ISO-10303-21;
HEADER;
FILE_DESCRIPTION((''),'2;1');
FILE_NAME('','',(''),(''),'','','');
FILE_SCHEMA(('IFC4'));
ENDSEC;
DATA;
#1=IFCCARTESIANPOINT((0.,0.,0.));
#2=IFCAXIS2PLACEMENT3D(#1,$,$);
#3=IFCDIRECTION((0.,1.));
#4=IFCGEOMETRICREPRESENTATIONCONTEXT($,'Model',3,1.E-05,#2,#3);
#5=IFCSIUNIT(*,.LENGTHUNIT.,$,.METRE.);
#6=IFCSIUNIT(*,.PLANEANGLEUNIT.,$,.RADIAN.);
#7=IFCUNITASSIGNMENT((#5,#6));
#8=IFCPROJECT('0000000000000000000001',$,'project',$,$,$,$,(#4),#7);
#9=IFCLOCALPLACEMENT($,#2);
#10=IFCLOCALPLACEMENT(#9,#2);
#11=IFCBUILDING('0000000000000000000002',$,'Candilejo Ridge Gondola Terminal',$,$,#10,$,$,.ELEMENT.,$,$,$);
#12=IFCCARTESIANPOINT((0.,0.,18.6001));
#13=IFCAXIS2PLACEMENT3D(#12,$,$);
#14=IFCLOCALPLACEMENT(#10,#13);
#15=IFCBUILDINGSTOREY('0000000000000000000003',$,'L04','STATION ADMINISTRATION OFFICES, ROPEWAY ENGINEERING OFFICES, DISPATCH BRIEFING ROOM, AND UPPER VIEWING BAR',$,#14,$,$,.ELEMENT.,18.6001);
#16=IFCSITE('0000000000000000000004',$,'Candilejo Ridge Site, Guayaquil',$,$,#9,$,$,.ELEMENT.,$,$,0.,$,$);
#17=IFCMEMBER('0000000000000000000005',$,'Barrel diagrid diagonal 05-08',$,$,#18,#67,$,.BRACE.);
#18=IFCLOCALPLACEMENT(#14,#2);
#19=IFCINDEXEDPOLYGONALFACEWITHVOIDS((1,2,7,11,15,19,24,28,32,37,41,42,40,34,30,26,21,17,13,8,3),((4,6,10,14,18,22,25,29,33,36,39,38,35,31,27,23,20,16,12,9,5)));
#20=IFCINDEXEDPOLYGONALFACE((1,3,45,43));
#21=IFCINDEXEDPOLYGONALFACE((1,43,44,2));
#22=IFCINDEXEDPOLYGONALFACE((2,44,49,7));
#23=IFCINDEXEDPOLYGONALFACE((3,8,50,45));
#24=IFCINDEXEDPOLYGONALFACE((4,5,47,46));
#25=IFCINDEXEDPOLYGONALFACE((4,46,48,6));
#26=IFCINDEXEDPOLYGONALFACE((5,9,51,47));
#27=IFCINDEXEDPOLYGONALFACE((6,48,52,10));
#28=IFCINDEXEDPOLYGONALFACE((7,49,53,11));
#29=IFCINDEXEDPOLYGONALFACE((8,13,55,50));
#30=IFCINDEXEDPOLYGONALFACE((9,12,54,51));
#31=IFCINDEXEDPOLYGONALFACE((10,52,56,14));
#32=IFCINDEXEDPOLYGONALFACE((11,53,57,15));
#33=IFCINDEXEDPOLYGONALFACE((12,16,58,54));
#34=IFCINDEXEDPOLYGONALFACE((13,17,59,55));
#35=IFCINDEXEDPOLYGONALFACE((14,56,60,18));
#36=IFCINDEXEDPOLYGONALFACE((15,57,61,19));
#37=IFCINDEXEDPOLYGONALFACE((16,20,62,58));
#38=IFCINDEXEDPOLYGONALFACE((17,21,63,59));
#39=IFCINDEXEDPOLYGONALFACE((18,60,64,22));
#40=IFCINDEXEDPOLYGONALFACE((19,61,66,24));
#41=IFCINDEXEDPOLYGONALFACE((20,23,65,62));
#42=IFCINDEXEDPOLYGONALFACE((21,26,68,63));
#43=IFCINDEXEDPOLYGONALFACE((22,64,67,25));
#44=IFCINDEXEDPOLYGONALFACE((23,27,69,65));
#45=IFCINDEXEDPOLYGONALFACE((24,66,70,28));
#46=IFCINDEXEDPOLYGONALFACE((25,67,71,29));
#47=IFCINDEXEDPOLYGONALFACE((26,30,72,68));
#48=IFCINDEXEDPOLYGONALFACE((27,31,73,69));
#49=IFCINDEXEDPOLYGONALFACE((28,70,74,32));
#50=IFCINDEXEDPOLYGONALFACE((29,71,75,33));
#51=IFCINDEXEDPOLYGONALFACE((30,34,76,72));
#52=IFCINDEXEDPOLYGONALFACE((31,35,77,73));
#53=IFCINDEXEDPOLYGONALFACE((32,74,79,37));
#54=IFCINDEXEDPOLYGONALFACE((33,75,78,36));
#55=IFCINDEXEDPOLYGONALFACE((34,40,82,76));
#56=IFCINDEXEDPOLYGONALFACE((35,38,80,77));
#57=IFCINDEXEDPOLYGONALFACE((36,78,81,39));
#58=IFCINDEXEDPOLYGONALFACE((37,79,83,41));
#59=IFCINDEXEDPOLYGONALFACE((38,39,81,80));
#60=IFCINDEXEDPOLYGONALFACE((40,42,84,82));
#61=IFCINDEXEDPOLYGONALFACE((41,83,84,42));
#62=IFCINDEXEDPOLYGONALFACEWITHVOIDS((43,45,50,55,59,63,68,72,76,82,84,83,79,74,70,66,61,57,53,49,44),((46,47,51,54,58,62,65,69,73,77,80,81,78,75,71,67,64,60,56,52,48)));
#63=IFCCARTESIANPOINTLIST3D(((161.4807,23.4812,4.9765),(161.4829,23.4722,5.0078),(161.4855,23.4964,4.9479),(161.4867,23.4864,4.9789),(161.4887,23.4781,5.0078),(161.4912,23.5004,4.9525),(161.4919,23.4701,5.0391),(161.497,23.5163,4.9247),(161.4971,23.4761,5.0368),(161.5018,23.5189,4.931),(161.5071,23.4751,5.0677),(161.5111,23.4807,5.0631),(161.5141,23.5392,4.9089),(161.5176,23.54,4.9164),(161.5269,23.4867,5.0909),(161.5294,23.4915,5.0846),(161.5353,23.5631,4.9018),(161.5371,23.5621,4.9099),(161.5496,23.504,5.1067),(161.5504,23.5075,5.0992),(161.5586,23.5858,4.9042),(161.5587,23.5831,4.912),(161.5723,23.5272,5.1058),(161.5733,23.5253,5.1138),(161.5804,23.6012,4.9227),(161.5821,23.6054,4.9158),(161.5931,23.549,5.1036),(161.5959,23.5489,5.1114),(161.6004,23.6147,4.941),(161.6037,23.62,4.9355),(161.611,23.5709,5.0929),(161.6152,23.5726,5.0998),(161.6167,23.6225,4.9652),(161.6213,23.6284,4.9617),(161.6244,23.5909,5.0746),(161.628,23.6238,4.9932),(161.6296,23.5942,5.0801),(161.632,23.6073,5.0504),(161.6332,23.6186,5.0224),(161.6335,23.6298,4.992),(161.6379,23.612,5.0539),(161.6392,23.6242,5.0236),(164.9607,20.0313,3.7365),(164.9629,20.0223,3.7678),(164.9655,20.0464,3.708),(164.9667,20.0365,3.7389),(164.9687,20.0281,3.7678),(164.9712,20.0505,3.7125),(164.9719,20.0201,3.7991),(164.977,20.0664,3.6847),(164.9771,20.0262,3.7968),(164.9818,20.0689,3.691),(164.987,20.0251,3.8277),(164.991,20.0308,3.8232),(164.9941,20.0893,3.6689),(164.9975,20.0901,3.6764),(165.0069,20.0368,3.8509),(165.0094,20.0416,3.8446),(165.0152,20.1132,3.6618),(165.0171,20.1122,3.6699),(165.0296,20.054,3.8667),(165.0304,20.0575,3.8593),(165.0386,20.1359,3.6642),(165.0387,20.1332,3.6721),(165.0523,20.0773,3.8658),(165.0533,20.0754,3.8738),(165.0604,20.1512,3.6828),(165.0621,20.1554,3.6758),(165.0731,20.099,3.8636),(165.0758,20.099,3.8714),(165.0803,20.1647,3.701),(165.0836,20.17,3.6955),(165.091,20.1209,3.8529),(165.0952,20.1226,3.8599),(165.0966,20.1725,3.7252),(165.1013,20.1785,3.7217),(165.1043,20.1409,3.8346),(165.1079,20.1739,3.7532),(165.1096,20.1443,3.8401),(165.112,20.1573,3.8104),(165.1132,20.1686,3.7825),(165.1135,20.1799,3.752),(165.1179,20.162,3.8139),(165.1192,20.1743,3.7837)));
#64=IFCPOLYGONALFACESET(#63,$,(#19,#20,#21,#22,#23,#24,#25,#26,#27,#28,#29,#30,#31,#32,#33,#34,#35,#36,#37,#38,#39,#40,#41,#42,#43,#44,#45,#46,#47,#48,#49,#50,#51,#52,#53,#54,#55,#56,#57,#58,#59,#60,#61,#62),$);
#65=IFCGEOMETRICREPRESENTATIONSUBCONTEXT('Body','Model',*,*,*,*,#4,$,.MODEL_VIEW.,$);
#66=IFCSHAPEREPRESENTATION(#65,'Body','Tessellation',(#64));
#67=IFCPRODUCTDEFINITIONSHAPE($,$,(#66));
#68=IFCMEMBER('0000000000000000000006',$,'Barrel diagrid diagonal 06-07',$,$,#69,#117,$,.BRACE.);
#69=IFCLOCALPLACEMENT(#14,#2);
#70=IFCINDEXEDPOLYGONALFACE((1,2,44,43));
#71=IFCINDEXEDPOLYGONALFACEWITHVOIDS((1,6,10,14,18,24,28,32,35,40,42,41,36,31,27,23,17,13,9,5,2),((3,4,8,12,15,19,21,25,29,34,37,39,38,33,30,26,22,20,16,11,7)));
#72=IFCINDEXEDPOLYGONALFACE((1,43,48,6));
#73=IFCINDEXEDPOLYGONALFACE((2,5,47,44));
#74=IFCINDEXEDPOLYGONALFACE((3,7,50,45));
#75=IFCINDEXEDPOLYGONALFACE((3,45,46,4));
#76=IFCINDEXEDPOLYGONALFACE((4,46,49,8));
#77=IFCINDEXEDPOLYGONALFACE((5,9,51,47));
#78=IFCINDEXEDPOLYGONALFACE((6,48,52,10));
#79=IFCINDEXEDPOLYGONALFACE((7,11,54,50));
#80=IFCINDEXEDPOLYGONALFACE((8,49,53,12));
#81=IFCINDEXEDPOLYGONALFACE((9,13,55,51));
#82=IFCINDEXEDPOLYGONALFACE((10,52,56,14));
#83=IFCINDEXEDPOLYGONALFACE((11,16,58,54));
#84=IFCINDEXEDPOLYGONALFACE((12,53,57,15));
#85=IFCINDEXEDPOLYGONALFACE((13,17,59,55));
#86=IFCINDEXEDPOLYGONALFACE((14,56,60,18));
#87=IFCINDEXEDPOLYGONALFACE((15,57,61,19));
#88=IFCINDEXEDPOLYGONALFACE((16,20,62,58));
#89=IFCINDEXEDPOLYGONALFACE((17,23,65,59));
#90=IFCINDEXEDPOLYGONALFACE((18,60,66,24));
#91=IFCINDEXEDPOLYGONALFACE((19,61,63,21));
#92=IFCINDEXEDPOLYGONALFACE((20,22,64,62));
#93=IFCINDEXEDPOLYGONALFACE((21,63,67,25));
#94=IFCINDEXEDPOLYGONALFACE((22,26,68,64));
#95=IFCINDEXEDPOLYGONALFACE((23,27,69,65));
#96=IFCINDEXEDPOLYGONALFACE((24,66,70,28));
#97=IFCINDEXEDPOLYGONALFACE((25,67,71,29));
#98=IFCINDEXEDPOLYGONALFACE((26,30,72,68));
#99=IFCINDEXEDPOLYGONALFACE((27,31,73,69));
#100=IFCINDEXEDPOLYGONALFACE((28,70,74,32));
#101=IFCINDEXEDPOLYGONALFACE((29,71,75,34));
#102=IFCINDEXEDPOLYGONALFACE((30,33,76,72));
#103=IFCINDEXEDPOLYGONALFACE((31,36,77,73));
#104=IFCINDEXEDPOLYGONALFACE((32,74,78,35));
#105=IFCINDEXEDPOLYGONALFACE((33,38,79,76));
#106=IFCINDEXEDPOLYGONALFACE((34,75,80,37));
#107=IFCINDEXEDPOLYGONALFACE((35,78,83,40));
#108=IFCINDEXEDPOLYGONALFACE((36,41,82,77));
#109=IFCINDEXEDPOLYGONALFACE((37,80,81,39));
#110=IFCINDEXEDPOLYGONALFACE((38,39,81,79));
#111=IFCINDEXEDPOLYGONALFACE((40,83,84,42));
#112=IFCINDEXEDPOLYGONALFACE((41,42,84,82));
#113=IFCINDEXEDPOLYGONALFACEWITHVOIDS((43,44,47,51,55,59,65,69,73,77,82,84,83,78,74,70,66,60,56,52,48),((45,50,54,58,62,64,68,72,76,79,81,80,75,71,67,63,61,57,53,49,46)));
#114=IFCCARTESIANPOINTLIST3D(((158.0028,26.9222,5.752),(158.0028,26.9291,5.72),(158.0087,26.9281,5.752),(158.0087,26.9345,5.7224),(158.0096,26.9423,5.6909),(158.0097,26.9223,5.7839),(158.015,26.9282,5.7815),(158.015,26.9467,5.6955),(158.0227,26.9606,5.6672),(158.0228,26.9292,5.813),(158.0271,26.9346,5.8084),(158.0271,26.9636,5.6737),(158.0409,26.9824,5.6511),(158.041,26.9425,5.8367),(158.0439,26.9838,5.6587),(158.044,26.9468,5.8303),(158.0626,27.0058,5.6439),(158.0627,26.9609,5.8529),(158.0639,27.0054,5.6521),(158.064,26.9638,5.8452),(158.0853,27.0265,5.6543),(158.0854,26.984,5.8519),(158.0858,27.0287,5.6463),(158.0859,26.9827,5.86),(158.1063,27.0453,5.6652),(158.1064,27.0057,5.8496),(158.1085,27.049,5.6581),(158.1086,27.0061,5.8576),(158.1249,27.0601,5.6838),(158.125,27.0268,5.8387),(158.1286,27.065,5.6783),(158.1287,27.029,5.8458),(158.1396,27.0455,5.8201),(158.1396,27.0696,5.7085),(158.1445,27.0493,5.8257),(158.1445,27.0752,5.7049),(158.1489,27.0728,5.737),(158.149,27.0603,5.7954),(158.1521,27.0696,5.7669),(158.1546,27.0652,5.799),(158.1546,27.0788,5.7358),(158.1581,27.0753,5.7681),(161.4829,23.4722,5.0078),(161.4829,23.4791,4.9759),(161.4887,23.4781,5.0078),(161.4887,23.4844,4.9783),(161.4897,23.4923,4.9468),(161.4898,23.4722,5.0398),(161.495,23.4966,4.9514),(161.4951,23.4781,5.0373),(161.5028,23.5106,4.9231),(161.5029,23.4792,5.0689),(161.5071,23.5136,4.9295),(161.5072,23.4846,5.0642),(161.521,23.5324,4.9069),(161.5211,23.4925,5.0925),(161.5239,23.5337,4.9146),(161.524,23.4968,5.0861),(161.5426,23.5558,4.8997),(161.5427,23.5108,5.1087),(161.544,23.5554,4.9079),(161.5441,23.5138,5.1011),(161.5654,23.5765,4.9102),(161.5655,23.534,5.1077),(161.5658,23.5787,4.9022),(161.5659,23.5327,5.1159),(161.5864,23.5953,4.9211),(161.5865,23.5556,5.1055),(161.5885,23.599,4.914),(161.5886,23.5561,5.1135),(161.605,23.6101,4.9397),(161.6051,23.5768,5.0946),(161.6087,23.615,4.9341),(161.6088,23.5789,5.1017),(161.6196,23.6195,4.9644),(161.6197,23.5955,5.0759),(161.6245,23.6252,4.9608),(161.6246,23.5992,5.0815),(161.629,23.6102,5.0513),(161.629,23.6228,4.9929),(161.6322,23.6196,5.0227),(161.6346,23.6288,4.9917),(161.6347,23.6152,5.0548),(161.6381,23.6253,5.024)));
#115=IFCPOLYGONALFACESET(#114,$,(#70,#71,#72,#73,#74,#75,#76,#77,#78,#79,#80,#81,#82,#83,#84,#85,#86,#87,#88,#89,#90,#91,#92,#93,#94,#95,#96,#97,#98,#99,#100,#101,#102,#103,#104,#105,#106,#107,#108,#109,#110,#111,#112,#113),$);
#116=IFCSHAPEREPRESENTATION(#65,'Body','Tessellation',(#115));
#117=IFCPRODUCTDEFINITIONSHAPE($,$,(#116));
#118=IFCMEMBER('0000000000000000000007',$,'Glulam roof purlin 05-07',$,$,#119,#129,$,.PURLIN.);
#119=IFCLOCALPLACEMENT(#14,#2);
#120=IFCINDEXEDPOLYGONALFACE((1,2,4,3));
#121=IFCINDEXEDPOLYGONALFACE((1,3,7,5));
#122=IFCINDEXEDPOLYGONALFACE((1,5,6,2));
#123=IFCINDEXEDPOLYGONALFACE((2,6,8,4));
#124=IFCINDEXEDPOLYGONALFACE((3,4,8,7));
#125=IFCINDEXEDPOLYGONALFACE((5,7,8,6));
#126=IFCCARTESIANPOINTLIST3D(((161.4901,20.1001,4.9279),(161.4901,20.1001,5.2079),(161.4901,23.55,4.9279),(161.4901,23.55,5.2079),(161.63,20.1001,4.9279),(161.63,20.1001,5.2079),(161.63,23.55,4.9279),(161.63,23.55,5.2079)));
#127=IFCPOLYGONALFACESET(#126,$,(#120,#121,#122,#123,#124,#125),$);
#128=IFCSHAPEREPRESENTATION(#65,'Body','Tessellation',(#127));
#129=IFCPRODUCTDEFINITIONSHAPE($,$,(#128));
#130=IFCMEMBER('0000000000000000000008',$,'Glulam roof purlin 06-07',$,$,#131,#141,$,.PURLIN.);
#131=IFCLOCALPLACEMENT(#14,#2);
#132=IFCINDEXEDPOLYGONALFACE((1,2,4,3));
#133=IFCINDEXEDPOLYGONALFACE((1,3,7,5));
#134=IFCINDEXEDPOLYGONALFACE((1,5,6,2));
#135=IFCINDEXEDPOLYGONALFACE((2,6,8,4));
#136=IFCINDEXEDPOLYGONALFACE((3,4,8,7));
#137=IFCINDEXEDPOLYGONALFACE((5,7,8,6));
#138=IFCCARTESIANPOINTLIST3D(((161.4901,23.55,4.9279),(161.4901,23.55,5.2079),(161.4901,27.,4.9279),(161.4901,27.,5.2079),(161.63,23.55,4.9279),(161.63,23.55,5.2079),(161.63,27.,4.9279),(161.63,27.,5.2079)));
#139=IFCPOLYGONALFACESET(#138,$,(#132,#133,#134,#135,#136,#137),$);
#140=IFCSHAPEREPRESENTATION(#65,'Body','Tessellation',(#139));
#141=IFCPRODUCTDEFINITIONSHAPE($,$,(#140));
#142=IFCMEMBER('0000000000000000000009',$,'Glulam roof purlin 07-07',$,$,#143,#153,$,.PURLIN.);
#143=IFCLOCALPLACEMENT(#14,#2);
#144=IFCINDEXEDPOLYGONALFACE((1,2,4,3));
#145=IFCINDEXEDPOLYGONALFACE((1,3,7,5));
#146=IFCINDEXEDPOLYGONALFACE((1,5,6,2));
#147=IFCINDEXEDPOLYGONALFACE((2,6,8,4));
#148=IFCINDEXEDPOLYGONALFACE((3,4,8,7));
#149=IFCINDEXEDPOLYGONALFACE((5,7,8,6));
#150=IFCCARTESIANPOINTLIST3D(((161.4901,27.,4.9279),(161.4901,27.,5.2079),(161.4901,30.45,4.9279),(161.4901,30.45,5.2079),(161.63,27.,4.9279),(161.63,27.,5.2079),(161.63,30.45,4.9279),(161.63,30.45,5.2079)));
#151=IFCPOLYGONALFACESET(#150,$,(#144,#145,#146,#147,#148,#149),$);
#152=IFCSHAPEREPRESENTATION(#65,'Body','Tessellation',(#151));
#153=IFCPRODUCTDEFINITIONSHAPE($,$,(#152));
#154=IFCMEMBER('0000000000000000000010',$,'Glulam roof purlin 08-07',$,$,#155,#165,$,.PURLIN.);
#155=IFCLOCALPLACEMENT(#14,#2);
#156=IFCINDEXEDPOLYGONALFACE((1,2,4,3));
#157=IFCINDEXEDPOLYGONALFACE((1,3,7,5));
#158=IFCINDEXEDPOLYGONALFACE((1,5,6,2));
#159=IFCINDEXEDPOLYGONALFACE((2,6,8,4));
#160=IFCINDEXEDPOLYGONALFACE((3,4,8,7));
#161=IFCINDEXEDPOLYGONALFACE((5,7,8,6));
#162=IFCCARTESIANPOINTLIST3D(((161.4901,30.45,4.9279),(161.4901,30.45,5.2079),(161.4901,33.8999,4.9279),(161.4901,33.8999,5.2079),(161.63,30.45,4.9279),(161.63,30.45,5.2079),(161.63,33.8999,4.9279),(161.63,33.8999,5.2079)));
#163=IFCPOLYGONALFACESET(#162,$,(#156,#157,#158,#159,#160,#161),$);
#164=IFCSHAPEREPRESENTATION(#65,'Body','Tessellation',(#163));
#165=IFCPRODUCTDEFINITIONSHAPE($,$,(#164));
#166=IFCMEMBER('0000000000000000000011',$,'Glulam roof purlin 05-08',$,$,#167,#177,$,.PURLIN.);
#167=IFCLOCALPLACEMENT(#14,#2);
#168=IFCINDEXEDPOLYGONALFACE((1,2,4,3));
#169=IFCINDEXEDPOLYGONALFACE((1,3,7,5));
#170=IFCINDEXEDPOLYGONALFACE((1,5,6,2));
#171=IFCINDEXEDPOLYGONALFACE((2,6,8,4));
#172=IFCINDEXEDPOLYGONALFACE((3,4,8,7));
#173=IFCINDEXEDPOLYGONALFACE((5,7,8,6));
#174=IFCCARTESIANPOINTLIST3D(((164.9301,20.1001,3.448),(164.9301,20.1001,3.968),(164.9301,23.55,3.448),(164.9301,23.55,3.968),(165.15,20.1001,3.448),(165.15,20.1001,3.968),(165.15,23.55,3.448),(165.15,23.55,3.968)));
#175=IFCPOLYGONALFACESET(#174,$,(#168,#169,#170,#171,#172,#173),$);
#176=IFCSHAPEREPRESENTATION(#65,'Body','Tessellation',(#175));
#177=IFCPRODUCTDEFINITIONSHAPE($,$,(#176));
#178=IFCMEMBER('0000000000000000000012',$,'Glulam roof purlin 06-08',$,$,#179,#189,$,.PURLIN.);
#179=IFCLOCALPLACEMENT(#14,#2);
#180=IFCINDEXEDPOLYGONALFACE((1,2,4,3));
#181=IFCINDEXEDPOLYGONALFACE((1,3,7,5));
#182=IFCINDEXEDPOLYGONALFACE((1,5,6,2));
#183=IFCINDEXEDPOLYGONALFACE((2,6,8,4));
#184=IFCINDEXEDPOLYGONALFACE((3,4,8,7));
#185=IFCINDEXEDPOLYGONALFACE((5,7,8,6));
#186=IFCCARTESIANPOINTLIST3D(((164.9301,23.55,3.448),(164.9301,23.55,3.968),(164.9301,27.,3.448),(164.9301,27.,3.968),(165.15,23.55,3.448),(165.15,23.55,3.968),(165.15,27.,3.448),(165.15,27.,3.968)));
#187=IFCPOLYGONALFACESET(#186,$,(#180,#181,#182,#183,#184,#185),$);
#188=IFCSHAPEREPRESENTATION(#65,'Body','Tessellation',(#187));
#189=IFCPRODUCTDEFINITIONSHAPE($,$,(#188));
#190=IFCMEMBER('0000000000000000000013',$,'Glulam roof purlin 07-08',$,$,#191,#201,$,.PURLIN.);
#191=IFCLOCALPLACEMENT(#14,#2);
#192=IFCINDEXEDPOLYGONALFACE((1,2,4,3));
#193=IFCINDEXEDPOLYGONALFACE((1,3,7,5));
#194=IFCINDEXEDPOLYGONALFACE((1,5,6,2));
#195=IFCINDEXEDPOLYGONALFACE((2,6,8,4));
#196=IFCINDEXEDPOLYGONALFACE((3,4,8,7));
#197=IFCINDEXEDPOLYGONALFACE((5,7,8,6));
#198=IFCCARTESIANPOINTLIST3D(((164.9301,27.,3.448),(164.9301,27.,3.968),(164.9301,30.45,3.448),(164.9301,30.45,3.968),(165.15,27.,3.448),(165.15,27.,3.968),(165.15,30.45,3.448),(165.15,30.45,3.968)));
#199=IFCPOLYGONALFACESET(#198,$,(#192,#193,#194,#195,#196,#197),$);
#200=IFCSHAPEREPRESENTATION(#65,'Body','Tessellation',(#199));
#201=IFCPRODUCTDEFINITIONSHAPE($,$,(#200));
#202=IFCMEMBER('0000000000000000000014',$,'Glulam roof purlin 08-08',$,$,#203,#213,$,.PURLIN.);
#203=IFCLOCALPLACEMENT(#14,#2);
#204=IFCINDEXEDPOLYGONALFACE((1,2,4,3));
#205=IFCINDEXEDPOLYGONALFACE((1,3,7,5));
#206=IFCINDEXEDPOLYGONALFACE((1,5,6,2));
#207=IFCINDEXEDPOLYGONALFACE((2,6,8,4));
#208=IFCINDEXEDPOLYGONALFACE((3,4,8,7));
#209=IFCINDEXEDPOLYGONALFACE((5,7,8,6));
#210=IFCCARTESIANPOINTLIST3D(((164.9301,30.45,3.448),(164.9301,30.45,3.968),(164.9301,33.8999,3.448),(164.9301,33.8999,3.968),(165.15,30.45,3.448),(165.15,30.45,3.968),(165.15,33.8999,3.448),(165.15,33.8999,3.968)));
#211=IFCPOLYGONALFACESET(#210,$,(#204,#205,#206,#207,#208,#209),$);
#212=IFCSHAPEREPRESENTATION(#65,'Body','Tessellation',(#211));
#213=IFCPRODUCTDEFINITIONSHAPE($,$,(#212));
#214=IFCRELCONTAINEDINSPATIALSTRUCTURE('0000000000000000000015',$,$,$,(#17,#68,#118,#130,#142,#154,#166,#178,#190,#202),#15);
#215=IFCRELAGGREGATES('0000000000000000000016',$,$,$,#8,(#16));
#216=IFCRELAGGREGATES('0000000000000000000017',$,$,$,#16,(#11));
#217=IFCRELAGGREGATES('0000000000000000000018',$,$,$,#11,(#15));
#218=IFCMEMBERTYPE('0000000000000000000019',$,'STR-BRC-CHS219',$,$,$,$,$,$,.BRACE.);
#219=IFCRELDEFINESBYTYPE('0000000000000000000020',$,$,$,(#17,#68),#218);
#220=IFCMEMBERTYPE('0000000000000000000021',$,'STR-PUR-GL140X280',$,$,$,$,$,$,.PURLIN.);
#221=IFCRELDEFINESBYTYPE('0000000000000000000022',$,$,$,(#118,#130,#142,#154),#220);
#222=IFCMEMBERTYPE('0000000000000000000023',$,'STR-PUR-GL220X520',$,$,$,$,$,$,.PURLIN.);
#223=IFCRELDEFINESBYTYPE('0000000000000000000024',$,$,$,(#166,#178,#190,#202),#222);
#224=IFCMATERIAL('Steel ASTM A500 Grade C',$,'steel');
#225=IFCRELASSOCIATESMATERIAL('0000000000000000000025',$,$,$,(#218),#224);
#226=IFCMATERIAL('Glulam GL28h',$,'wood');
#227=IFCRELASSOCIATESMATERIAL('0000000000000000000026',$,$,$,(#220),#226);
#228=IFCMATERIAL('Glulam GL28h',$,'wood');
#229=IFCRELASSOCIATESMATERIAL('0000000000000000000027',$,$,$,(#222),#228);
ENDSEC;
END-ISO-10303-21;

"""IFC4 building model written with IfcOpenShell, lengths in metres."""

from ifc_helpers import new_model, si_unit, direction, frame, origin, origin_2d, place, context, subcontext, project, spatial, rectangle, hollow_circle, extrude, material, material_profile, profile_set, type_object, element, save


model = new_model("IFC4")

# Units and contexts
model_context = context("Model", 3, precision=1e-05, world=origin(), true_north=direction((0.0, 1.0)))
body_context = subcontext(model_context, "Body", "Model", "MODEL_VIEW")
ifc_project = project(units=[si_unit("LENGTHUNIT", "METRE"), si_unit("PLANEANGLEUNIT", "RADIAN")], contexts=[model_context])

# Site, building, storey
site_placement = place(None, origin())
site = spatial("IfcSite", under=ifc_project, at=site_placement, Name="Candilejo Ridge Site, Guayaquil", CompositionType="ELEMENT", RefElevation=0.0)
building_placement = place(site_placement, origin())
building = spatial("IfcBuilding", under=site, at=building_placement, Name="Candilejo Ridge Gondola Terminal", CompositionType="ELEMENT")
storey_placement = place(building_placement, frame((0.0, 0.0, 18.6001)))
storey = spatial("IfcBuildingStorey", under=building, at=storey_placement, Name="L04", Description="STATION ADMINISTRATION OFFICES, ROPEWAY ENGINEERING OFFICES, DISPATCH BRIEFING ROOM, AND UPPER VIEWING BAR", CompositionType="ELEMENT", Elevation=18.6001)

# Members
ifc_material_1 = material(Name="Steel ASTM A500 Grade C", Category="steel")
ifc_material_profile_1 = material_profile(ifc_material_1, hollow_circle(Radius=0.1096, WallThickness=0.0083, at=origin_2d()))
ifc_profile_set_1 = profile_set([ifc_material_profile_1], Name="Steel ASTM A500 Grade C")
member_type_1 = type_object("IfcMemberType", Name="STR-BRC-CHS219", PredefinedType="BRACE", material=ifc_profile_set_1)
member_1_placement = place(storey_placement, frame((165.04, 20.1001, 3.7678), z_axis=(-0.688464, 0.682523, 0.245314), x_axis=(-0.704036, -0.710164, 0.0)))
element("IfcMember", 1, at=member_1_placement, inside=storey, type_object=member_type_1, Name="Barrel diagrid diagonal 05-08", PredefinedType="BRACE", context=body_context, shape_type="SweptSolid", body=[
    extrude(hollow_circle(Radius=0.1096, WallThickness=0.0083, at=origin_2d()), origin(), (0.0, 0.0, 1.0), 5.0547),
])
member_2_placement = place(storey_placement, frame((161.5601, 23.55, 5.0078), z_axis=(-0.702115, 0.696056, 0.150136), x_axis=(-0.704036, -0.710164, 0.0)))
element("IfcMember", 2, at=member_2_placement, inside=storey, type_object=member_type_1, Name="Barrel diagrid diagonal 06-07", PredefinedType="BRACE", context=body_context, shape_type="SweptSolid", body=[
    extrude(hollow_circle(Radius=0.1096, WallThickness=0.0083, at=origin_2d()), origin(), (0.0, 0.0, 1.0), 4.9565),
])
ifc_material_2 = material(Name="Glulam GL28h", Category="wood")
ifc_material_profile_2 = material_profile(ifc_material_2, rectangle(XDim=0.1399, YDim=0.28, at=origin_2d()))
ifc_profile_set_2 = profile_set([ifc_material_profile_2], Name="Glulam GL28h")
member_type_2 = type_object("IfcMemberType", Name="STR-PUR-GL140X280", PredefinedType="PURLIN", material=ifc_profile_set_2)
for number, where, z_axis, x_axis, name in (
    (3, (161.5601, 20.1001, 5.0679), (0.0, 1.0, 0.0), (-1.0, 0.0, 0.0), "Glulam roof purlin 05-07"),
    (4, (161.5601, 23.55, 5.0679), (0.0, 1.0, 0.0), (-1.0, 0.0, 0.0), "Glulam roof purlin 06-07"),
    (5, (161.5601, 27.0, 5.0679), (0.0, 1.0, 0.0), (-1.0, 0.0, 0.0), "Glulam roof purlin 07-07"),
    (6, (161.5601, 30.45, 5.0679), (0.0, 1.0, 0.0), (-1.0, 0.0, 0.0), "Glulam roof purlin 08-07"),
):
    element("IfcMember", number, at=place(storey_placement, frame(where, z_axis=z_axis, x_axis=x_axis)), inside=storey, type_object=member_type_2, Name=name, PredefinedType="PURLIN", context=body_context, shape_type="SweptSolid", body=[
        extrude(rectangle(XDim=0.1399, YDim=0.28, at=origin_2d()), origin(), (0.0, 0.0, 1.0), 3.45),
    ])
ifc_material_3 = material(Name="Glulam GL28h", Category="wood")
ifc_material_profile_3 = material_profile(ifc_material_3, rectangle(XDim=0.22, YDim=0.52, at=origin_2d()))
ifc_profile_set_3 = profile_set([ifc_material_profile_3], Name="Glulam GL28h")
member_type_3 = type_object("IfcMemberType", Name="STR-PUR-GL220X520", PredefinedType="PURLIN", material=ifc_profile_set_3)
for number, where, z_axis, x_axis, name in (
    (7, (165.04, 20.1001, 3.708), (0.0, 1.0, 0.0), (-1.0, 0.0, 0.0), "Glulam roof purlin 05-08"),
    (8, (165.04, 23.55, 3.708), (0.0, 1.0, 0.0), (-1.0, 0.0, 0.0), "Glulam roof purlin 06-08"),
    (9, (165.04, 27.0, 3.708), (0.0, 1.0, 0.0), (-1.0, 0.0, 0.0), "Glulam roof purlin 07-08"),
    (10, (165.04, 30.45, 3.708), (0.0, 1.0, 0.0), (-1.0, 0.0, 0.0), "Glulam roof purlin 08-08"),
):
    element("IfcMember", number, at=place(storey_placement, frame(where, z_axis=z_axis, x_axis=x_axis)), inside=storey, type_object=member_type_3, Name=name, PredefinedType="PURLIN", context=body_context, shape_type="SweptSolid", body=[
        extrude(rectangle(XDim=0.22, YDim=0.52, at=origin_2d()), origin(), (0.0, 0.0, 1.0), 3.45),
    ])

save(model, "model.ifc")
